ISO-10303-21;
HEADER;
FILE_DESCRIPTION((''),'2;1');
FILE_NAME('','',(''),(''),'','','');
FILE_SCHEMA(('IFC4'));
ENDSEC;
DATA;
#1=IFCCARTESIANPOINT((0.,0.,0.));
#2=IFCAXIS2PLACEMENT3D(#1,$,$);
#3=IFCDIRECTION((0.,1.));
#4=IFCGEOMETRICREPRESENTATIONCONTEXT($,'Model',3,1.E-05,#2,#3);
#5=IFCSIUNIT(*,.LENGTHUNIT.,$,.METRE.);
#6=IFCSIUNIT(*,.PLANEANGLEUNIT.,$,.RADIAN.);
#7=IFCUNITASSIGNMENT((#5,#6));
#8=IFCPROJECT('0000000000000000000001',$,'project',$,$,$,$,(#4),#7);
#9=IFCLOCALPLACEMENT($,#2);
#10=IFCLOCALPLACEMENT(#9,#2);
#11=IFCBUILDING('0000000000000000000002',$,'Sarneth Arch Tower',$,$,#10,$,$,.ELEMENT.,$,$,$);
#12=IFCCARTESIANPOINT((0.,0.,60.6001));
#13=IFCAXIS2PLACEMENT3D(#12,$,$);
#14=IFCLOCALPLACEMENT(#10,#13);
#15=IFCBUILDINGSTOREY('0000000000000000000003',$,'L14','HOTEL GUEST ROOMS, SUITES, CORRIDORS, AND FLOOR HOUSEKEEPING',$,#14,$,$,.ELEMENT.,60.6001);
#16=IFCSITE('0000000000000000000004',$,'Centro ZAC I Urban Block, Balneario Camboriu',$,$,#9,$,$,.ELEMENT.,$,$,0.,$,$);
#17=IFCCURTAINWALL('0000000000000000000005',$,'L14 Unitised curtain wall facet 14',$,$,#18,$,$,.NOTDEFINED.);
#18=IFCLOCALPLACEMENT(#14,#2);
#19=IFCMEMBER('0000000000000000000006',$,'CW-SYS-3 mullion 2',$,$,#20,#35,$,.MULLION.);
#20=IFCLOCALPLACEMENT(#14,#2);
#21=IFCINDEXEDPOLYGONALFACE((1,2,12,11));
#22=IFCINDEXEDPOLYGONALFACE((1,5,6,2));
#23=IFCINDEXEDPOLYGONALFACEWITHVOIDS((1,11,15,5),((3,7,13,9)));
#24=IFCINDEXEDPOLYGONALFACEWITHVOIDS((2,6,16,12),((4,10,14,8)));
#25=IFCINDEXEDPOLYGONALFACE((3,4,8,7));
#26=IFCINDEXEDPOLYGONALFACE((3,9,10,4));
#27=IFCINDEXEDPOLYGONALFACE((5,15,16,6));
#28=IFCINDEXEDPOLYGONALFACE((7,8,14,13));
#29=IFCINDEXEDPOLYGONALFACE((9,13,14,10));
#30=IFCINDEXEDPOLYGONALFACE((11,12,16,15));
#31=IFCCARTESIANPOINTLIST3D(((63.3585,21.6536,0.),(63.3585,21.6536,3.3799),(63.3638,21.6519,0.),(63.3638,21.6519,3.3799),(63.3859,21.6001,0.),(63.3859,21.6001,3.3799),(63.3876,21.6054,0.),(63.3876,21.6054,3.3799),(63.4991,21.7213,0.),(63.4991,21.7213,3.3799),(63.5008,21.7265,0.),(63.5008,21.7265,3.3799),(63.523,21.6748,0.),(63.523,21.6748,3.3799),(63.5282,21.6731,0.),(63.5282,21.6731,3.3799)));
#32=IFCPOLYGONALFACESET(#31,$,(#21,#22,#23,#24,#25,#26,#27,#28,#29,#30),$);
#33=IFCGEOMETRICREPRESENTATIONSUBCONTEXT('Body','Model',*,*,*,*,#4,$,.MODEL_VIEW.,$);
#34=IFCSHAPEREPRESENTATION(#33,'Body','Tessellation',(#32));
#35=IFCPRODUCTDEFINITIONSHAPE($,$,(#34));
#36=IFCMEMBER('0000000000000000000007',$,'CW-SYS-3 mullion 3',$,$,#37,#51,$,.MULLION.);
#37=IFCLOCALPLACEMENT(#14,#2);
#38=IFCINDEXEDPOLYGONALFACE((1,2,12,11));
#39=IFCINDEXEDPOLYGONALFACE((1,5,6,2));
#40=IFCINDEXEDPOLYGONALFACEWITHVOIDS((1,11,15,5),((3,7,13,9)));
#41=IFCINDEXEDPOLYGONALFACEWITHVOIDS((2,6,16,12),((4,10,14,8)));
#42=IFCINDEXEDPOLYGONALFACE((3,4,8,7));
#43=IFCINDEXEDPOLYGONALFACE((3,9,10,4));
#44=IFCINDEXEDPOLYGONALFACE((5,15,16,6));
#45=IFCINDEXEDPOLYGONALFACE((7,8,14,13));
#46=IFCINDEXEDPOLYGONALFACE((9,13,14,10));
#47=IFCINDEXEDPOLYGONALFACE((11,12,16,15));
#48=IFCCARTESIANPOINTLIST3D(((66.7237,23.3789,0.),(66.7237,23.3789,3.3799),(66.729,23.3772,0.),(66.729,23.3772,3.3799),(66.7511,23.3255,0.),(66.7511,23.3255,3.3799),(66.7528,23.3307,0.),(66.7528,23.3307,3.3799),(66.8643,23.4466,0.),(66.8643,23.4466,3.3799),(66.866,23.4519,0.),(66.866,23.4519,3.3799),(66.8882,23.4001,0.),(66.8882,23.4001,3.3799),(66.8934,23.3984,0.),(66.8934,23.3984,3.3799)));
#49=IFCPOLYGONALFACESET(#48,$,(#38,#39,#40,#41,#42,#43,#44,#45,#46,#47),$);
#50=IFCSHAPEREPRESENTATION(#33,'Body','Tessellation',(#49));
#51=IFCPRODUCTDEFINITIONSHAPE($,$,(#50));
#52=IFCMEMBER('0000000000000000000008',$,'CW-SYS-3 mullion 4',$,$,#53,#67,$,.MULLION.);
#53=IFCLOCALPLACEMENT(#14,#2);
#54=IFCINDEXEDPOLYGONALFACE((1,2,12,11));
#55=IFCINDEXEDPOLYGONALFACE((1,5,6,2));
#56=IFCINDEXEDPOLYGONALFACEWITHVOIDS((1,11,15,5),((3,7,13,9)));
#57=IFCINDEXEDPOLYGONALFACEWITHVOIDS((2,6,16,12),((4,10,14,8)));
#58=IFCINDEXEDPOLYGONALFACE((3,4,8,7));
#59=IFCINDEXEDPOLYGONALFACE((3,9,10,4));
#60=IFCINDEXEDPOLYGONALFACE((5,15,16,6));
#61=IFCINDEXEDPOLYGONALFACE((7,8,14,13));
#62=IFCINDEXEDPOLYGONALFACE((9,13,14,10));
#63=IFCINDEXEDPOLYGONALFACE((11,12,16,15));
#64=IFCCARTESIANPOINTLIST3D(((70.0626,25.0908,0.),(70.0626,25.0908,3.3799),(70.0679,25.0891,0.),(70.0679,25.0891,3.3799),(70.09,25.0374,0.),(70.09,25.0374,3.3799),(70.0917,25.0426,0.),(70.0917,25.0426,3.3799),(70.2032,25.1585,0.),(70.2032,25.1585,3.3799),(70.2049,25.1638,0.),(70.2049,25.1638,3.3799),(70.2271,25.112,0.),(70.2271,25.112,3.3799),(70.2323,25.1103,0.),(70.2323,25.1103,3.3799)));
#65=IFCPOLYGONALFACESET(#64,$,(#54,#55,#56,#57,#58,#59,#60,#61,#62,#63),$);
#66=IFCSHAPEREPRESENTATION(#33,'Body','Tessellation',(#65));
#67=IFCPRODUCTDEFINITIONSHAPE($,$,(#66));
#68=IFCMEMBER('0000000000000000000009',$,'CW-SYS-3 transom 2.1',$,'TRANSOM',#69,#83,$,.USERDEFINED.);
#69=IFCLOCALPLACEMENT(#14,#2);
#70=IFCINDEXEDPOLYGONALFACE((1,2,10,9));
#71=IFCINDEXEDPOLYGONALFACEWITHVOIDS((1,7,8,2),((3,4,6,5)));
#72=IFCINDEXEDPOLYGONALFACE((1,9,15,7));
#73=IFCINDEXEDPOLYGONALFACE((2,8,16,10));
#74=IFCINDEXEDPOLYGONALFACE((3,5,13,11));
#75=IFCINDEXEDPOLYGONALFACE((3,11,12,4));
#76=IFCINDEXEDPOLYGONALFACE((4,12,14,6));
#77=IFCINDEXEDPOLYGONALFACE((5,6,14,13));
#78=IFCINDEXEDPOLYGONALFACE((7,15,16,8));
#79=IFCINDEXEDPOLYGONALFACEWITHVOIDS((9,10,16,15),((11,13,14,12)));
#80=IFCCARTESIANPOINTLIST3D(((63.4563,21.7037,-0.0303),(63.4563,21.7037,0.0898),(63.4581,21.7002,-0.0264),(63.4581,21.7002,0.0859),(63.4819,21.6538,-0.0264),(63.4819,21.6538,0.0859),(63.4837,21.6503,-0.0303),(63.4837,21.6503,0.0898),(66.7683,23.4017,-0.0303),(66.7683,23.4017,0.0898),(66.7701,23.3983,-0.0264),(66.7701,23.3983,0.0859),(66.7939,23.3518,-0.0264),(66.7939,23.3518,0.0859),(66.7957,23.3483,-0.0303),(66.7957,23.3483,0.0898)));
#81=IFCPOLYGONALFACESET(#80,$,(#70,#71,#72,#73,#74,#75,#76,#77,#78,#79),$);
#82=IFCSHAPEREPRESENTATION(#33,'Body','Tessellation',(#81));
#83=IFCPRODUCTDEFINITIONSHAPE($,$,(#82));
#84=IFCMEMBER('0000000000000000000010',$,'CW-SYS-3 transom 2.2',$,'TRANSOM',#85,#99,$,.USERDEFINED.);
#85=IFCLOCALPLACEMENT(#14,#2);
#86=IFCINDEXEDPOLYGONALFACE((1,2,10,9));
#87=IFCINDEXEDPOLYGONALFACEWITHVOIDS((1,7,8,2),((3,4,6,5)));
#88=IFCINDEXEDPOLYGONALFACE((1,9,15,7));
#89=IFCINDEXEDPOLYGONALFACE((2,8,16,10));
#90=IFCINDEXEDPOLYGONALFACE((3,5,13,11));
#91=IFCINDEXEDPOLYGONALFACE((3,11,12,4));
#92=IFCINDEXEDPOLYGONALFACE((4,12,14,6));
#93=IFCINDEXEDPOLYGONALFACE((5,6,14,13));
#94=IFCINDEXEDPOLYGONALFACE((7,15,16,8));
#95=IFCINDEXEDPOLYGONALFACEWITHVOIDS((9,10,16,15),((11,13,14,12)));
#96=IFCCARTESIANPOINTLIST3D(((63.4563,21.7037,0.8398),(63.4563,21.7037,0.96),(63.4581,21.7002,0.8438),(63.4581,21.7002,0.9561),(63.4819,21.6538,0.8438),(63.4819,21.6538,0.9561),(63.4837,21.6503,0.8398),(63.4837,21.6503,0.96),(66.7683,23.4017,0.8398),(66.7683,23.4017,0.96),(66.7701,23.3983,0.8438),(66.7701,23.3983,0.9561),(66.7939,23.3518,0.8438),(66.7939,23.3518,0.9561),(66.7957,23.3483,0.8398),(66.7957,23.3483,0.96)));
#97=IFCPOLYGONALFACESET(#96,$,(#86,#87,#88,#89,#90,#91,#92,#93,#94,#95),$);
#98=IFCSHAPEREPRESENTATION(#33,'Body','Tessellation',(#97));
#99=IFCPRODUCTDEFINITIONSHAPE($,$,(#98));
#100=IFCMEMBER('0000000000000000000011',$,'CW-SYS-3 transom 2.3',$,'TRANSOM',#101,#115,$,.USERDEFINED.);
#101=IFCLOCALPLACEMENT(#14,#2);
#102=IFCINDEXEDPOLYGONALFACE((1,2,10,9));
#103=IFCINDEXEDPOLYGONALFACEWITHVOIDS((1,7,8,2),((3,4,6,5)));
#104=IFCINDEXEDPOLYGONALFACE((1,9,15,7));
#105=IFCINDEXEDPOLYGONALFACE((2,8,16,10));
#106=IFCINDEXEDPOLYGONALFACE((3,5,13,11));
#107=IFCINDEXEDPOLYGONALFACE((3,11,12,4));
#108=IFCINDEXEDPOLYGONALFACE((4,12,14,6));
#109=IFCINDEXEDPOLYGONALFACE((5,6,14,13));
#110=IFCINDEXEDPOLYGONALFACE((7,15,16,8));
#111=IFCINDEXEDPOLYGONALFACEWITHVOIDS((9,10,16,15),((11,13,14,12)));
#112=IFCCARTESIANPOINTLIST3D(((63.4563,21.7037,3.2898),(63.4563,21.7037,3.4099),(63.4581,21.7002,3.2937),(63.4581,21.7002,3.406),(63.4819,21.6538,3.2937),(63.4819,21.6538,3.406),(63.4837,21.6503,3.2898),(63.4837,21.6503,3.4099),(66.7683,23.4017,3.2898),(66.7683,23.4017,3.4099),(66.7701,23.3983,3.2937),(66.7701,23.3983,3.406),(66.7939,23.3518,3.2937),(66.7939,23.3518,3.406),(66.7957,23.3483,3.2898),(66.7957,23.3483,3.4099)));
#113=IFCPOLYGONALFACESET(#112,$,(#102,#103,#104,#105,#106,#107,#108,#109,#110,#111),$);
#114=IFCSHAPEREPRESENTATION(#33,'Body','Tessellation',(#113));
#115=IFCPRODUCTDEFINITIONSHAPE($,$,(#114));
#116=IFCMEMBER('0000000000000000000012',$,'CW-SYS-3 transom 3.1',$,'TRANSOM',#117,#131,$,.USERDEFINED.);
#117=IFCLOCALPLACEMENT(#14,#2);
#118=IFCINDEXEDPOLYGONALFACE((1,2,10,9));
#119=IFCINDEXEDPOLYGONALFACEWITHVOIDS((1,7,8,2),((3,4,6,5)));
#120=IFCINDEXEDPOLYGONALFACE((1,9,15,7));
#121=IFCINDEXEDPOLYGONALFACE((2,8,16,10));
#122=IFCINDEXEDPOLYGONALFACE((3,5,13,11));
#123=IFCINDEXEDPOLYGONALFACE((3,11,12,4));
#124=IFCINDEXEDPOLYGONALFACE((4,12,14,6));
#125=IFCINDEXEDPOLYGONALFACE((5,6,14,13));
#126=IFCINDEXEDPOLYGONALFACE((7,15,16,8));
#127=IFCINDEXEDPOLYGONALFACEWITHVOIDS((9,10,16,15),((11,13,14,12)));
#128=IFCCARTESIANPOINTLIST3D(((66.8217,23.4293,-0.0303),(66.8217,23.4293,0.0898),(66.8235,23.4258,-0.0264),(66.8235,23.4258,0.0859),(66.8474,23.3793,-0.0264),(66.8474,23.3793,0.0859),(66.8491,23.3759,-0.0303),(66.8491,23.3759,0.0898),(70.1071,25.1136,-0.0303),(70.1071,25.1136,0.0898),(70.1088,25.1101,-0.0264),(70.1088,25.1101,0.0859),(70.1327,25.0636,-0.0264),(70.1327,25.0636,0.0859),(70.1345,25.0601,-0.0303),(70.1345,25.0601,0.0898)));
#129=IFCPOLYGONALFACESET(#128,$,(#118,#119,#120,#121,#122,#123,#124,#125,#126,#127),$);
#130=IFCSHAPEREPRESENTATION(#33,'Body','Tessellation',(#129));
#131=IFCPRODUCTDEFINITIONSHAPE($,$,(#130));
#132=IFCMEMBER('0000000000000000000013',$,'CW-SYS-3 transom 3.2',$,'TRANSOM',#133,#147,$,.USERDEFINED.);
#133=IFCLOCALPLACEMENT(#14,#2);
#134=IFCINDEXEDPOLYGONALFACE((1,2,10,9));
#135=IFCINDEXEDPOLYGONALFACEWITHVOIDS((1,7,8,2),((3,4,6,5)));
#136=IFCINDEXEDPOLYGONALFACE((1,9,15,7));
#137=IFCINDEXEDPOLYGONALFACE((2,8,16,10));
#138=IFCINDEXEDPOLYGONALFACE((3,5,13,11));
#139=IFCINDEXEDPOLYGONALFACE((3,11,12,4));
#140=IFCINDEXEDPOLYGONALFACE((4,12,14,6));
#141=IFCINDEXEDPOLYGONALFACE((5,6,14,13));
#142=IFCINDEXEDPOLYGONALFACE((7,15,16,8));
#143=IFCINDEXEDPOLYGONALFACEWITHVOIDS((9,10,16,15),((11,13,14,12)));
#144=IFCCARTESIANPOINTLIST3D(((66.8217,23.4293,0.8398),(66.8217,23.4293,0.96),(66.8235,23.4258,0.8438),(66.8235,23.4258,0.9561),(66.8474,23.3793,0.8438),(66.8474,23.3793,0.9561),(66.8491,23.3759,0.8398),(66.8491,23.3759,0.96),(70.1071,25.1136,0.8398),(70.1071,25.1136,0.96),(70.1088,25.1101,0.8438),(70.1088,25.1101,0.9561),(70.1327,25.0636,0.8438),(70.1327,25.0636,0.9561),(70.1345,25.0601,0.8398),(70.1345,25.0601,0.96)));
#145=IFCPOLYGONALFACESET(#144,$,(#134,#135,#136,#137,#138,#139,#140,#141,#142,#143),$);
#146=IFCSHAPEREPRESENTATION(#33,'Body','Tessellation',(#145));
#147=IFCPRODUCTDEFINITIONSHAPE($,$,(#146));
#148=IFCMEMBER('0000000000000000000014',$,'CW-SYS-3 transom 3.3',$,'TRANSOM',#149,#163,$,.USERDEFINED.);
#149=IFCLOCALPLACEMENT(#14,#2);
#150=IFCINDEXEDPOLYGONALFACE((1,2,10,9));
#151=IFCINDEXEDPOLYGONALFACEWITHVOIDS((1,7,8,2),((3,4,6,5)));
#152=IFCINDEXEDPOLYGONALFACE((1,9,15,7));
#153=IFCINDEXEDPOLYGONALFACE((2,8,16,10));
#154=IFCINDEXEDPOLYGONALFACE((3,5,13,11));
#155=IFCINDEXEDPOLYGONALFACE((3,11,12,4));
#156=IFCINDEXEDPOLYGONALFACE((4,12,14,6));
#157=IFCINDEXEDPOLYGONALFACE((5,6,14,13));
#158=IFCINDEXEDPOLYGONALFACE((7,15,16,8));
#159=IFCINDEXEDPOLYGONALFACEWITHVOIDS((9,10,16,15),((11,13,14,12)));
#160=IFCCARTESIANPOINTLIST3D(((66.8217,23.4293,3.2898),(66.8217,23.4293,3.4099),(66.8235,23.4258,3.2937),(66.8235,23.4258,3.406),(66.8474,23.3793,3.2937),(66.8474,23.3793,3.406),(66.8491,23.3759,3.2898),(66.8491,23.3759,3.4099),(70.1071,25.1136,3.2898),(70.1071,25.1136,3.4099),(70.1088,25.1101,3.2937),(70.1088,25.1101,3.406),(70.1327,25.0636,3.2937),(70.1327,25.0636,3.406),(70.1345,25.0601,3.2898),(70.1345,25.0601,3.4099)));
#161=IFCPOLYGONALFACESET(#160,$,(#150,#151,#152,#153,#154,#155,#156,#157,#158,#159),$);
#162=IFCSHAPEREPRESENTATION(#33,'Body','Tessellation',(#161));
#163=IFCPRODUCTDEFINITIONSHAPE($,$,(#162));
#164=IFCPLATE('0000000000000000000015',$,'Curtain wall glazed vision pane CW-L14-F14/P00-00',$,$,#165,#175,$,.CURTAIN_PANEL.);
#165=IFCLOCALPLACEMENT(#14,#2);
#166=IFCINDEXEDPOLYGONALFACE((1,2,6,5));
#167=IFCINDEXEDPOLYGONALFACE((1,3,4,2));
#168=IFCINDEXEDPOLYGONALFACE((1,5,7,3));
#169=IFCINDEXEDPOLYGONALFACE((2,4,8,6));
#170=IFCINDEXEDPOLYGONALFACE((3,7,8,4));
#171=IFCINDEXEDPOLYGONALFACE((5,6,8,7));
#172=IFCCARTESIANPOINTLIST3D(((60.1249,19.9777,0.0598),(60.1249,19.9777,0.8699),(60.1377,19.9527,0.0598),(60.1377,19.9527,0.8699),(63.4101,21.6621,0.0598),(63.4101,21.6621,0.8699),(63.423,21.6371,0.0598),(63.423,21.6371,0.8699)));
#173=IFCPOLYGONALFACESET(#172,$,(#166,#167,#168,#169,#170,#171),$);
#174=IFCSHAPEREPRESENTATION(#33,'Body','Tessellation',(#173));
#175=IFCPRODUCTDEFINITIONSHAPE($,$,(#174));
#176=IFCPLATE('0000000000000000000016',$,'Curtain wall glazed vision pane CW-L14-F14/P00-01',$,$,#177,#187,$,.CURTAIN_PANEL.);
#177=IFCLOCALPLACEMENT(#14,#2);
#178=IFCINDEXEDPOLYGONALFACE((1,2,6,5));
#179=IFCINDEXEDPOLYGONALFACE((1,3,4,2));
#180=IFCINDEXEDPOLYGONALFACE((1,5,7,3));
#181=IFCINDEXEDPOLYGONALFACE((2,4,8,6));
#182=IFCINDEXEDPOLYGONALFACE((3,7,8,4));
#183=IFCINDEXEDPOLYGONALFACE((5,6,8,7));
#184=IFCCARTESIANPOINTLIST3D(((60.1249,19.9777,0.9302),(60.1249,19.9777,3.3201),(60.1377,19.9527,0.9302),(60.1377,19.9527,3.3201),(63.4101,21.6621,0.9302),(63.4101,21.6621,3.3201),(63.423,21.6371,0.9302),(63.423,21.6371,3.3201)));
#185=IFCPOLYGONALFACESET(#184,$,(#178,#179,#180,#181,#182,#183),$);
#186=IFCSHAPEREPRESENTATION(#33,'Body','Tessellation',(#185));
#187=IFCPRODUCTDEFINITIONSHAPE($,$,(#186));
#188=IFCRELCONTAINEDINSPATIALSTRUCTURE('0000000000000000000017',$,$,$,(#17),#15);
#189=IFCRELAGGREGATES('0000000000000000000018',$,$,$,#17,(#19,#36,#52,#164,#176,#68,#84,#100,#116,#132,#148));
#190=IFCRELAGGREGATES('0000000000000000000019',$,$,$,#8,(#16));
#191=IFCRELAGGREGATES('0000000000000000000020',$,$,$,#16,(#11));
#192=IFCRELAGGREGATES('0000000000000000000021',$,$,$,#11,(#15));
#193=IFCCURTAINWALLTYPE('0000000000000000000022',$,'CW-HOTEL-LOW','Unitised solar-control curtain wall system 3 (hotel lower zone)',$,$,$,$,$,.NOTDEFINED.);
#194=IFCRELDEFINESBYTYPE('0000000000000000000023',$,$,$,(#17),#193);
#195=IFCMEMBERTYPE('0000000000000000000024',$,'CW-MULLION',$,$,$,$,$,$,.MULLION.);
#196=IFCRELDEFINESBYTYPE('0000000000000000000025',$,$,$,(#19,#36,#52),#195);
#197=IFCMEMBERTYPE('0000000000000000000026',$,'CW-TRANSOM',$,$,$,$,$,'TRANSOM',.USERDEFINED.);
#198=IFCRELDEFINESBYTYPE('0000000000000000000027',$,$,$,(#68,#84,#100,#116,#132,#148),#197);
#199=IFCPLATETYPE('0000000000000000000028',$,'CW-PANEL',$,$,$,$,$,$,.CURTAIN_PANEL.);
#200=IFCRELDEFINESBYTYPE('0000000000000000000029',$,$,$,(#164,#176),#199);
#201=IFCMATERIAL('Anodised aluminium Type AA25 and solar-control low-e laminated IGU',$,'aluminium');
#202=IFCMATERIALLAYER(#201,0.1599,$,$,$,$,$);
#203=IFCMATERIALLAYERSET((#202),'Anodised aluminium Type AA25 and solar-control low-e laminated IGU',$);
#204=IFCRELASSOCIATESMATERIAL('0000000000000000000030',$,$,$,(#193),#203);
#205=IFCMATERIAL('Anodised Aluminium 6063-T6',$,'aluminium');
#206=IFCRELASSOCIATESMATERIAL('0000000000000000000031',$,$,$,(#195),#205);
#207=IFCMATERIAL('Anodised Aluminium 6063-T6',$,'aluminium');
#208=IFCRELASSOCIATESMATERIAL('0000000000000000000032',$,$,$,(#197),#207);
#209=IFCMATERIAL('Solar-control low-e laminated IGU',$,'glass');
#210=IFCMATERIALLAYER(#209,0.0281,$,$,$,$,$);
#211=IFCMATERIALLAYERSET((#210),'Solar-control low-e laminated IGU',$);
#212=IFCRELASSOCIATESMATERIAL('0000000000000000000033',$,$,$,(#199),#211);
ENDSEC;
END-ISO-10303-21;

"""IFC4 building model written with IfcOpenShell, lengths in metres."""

from ifc_helpers import new_model, si_unit, direction, frame, origin, origin_2d, place, context, subcontext, project, spatial, rectangle, hollow_rectangle, extrude, material, layer, layer_set, material_profile, profile_set, type_object, element, aggregate, save


model = new_model("IFC4")

# Units and contexts
model_context = context("Model", 3, precision=1e-05, world=origin(), true_north=direction((0.0, 1.0)))
body_context = subcontext(model_context, "Body", "Model", "MODEL_VIEW")
ifc_project = project(units=[si_unit("LENGTHUNIT", "METRE"), si_unit("PLANEANGLEUNIT", "RADIAN")], contexts=[model_context])

# Site, building, storey
site_placement = place(None, origin())
site = spatial("IfcSite", under=ifc_project, at=site_placement, Name="Centro ZAC I Urban Block, Balneario Camboriu", CompositionType="ELEMENT", RefElevation=0.0)
building_placement = place(site_placement, origin())
building = spatial("IfcBuilding", under=site, at=building_placement, Name="Sarneth Arch Tower", CompositionType="ELEMENT")
storey_placement = place(building_placement, frame((0.0, 0.0, 60.6001)))
storey = spatial("IfcBuildingStorey", under=building, at=storey_placement, Name="L14", Description="HOTEL GUEST ROOMS, SUITES, CORRIDORS, AND FLOOR HOUSEKEEPING", CompositionType="ELEMENT", Elevation=60.6001)

# Curtain wall, members, plates
ifc_material_1 = material(Name="Anodised aluminium Type AA25 and solar-control low-e laminated IGU", Category="aluminium")
ifc_layer_1 = layer(ifc_material_1, 0.1599)
ifc_layer_set_1 = layer_set([ifc_layer_1], Name="Anodised aluminium Type AA25 and solar-control low-e laminated IGU")
curtain_wall_type = type_object("IfcCurtainWallType", Name="CW-HOTEL-LOW", Description="Unitised solar-control curtain wall system 3 (hotel lower zone)", PredefinedType="NOTDEFINED", material=ifc_layer_set_1)
curtain_wall_placement = place(storey_placement, origin())
curtain_wall = element("IfcCurtainWall", 1, at=curtain_wall_placement, inside=storey, type_object=curtain_wall_type, Name="L14 Unitised curtain wall facet 14", PredefinedType="NOTDEFINED")
ifc_material_2 = material(Name="Anodised Aluminium 6063-T6", Category="aluminium")
ifc_material_profile_1 = material_profile(ifc_material_2, hollow_rectangle(XDim=0.0601, YDim=0.1599, WallThickness=0.0039, at=origin_2d()), Name="AL-MULL-160x60x4")
ifc_profile_set_1 = profile_set([ifc_material_profile_1], Name="Anodised Aluminium 6063-T6")
member_type_1 = type_object("IfcMemberType", Name="CW-MULLION", PredefinedType="MULLION", material=ifc_profile_set_1)
member_1_placement = place(storey_placement, frame((63.4434, 21.6633, 0.0), z_axis=(0.0, 0.0, 1.0), x_axis=(-0.456245, 0.889854, 0.0)))
member_1 = element("IfcMember", 2, at=member_1_placement, type_object=member_type_1, Name="CW-SYS-3 mullion 2", PredefinedType="MULLION", context=body_context, shape_type="SweptSolid", body=[
    extrude(hollow_rectangle(XDim=0.0601, YDim=0.1599, WallThickness=0.0039, at=origin_2d()), origin(), (0.0, 0.0, 1.0), 3.3799),
])
member_2_placement = place(storey_placement, frame((66.8086, 23.3887, 0.0), z_axis=(0.0, 0.0, 1.0), x_axis=(-0.456245, 0.889854, 0.0)))
member_2 = element("IfcMember", 3, at=member_2_placement, type_object=member_type_1, Name="CW-SYS-3 mullion 3", PredefinedType="MULLION", context=body_context, shape_type="SweptSolid", body=[
    extrude(hollow_rectangle(XDim=0.0601, YDim=0.1599, WallThickness=0.0039, at=origin_2d()), origin(), (0.0, 0.0, 1.0), 3.3799),
])
member_3_placement = place(storey_placement, frame((70.1475, 25.1006, 0.0), z_axis=(0.0, 0.0, 1.0), x_axis=(-0.456245, 0.889854, 0.0)))
member_3 = element("IfcMember", 4, at=member_3_placement, type_object=member_type_1, Name="CW-SYS-3 mullion 4", PredefinedType="MULLION", context=body_context, shape_type="SweptSolid", body=[
    extrude(hollow_rectangle(XDim=0.0601, YDim=0.1599, WallThickness=0.0039, at=origin_2d()), origin(), (0.0, 0.0, 1.0), 3.3799),
])
ifc_material_3 = material(Name="Anodised Aluminium 6063-T6", Category="aluminium")
ifc_material_profile_2 = material_profile(ifc_material_3, hollow_rectangle(XDim=0.0601, YDim=0.1201, WallThickness=0.0039, at=origin_2d()), Name="AL-TRAN-120x60x4")
ifc_profile_set_2 = profile_set([ifc_material_profile_2], Name="Anodised Aluminium 6063-T6")
member_type_2 = type_object("IfcMemberType", Name="CW-TRANSOM", ElementType="TRANSOM", PredefinedType="USERDEFINED", material=ifc_profile_set_2)
member_4_placement = place(storey_placement, frame((63.47, 21.677, 0.0298), z_axis=(0.889869, 0.456217, 0.0), x_axis=(-0.456217, 0.889869, 0.0)))
member_4 = element("IfcMember", 5, at=member_4_placement, type_object=member_type_2, Name="CW-SYS-3 transom 2.1", ObjectType="TRANSOM", PredefinedType="USERDEFINED", context=body_context, shape_type="SweptSolid", body=[
    extrude(hollow_rectangle(XDim=0.0601, YDim=0.1201, WallThickness=0.0039, at=origin_2d()), origin(), (0.0, 0.0, 1.0), 3.7219),
])
member_5_placement = place(storey_placement, frame((63.47, 21.677, 0.8999), z_axis=(0.889869, 0.456217, 0.0), x_axis=(-0.456217, 0.889869, 0.0)))
member_5 = element("IfcMember", 6, at=member_5_placement, type_object=member_type_2, Name="CW-SYS-3 transom 2.2", ObjectType="TRANSOM", PredefinedType="USERDEFINED", context=body_context, shape_type="SweptSolid", body=[
    extrude(hollow_rectangle(XDim=0.0601, YDim=0.1201, WallThickness=0.0039, at=origin_2d()), origin(), (0.0, 0.0, 1.0), 3.7219),
])
member_6_placement = place(storey_placement, frame((63.47, 21.677, 3.3499), z_axis=(0.889869, 0.456217, 0.0), x_axis=(-0.456217, 0.889869, 0.0)))
member_6 = element("IfcMember", 7, at=member_6_placement, type_object=member_type_2, Name="CW-SYS-3 transom 2.3", ObjectType="TRANSOM", PredefinedType="USERDEFINED", context=body_context, shape_type="SweptSolid", body=[
    extrude(hollow_rectangle(XDim=0.0601, YDim=0.1201, WallThickness=0.0039, at=origin_2d()), origin(), (0.0, 0.0, 1.0), 3.7219),
])
member_7_placement = place(storey_placement, frame((66.8354, 23.4026, 0.0298), z_axis=(0.889872, 0.456211, 0.0), x_axis=(-0.456211, 0.889872, 0.0)))
member_7 = element("IfcMember", 8, at=member_7_placement, type_object=member_type_2, Name="CW-SYS-3 transom 3.1", ObjectType="TRANSOM", PredefinedType="USERDEFINED", context=body_context, shape_type="SweptSolid", body=[
    extrude(hollow_rectangle(XDim=0.0601, YDim=0.1201, WallThickness=0.0039, at=origin_2d()), origin(), (0.0, 0.0, 1.0), 3.6919),
])
member_8_placement = place(storey_placement, frame((66.8354, 23.4026, 0.8999), z_axis=(0.889872, 0.456211, 0.0), x_axis=(-0.456211, 0.889872, 0.0)))
member_8 = element("IfcMember", 9, at=member_8_placement, type_object=member_type_2, Name="CW-SYS-3 transom 3.2", ObjectType="TRANSOM", PredefinedType="USERDEFINED", context=body_context, shape_type="SweptSolid", body=[
    extrude(hollow_rectangle(XDim=0.0601, YDim=0.1201, WallThickness=0.0039, at=origin_2d()), origin(), (0.0, 0.0, 1.0), 3.6919),
])
member_9_placement = place(storey_placement, frame((66.8354, 23.4026, 3.3499), z_axis=(0.889872, 0.456211, 0.0), x_axis=(-0.456211, 0.889872, 0.0)))
member_9 = element("IfcMember", 10, at=member_9_placement, type_object=member_type_2, Name="CW-SYS-3 transom 3.3", ObjectType="TRANSOM", PredefinedType="USERDEFINED", context=body_context, shape_type="SweptSolid", body=[
    extrude(hollow_rectangle(XDim=0.0601, YDim=0.1201, WallThickness=0.0039, at=origin_2d()), origin(), (0.0, 0.0, 1.0), 3.6919),
])
ifc_material_4 = material(Name="Solar-control low-e laminated IGU", Category="glass")
ifc_layer_2 = layer(ifc_material_4, 0.0281)
ifc_layer_set_2 = layer_set([ifc_layer_2], Name="Solar-control low-e laminated IGU")
plate_type_1 = type_object("IfcPlateType", Name="CW-PANEL", PredefinedType="CURTAIN_PANEL", material=ifc_layer_set_2)
plate_1_placement = place(storey_placement, frame((61.7739, 20.8074, 0.0598), z_axis=(0.0, 0.0, 1.0), x_axis=(0.889854, 0.456245, 0.0)))
plate_1 = element("IfcPlate", 11, at=plate_1_placement, type_object=plate_type_1, Name="Curtain wall glazed vision pane CW-L14-F14/P00-00", PredefinedType="CURTAIN_PANEL", context=body_context, shape_type="SweptSolid", body=[
    extrude(rectangle(XDim=3.6919, YDim=0.0281, at=origin_2d()), origin(), (0.0, 0.0, 1.0), 0.8101),
])
plate_2_placement = place(storey_placement, frame((61.7739, 20.8074, 0.9302), z_axis=(0.0, 0.0, 1.0), x_axis=(0.889854, 0.456245, 0.0)))
plate_2 = element("IfcPlate", 12, at=plate_2_placement, type_object=plate_type_1, Name="Curtain wall glazed vision pane CW-L14-F14/P00-01", PredefinedType="CURTAIN_PANEL", context=body_context, shape_type="SweptSolid", body=[
    extrude(rectangle(XDim=3.6919, YDim=0.0281, at=origin_2d()), origin(), (0.0, 0.0, 1.0), 2.3899),
])
aggregate(curtain_wall, [member_1, member_2, member_3, plate_1, plate_2, member_4, member_5, member_6, member_7, member_8, member_9])

save(model, "model.ifc")
